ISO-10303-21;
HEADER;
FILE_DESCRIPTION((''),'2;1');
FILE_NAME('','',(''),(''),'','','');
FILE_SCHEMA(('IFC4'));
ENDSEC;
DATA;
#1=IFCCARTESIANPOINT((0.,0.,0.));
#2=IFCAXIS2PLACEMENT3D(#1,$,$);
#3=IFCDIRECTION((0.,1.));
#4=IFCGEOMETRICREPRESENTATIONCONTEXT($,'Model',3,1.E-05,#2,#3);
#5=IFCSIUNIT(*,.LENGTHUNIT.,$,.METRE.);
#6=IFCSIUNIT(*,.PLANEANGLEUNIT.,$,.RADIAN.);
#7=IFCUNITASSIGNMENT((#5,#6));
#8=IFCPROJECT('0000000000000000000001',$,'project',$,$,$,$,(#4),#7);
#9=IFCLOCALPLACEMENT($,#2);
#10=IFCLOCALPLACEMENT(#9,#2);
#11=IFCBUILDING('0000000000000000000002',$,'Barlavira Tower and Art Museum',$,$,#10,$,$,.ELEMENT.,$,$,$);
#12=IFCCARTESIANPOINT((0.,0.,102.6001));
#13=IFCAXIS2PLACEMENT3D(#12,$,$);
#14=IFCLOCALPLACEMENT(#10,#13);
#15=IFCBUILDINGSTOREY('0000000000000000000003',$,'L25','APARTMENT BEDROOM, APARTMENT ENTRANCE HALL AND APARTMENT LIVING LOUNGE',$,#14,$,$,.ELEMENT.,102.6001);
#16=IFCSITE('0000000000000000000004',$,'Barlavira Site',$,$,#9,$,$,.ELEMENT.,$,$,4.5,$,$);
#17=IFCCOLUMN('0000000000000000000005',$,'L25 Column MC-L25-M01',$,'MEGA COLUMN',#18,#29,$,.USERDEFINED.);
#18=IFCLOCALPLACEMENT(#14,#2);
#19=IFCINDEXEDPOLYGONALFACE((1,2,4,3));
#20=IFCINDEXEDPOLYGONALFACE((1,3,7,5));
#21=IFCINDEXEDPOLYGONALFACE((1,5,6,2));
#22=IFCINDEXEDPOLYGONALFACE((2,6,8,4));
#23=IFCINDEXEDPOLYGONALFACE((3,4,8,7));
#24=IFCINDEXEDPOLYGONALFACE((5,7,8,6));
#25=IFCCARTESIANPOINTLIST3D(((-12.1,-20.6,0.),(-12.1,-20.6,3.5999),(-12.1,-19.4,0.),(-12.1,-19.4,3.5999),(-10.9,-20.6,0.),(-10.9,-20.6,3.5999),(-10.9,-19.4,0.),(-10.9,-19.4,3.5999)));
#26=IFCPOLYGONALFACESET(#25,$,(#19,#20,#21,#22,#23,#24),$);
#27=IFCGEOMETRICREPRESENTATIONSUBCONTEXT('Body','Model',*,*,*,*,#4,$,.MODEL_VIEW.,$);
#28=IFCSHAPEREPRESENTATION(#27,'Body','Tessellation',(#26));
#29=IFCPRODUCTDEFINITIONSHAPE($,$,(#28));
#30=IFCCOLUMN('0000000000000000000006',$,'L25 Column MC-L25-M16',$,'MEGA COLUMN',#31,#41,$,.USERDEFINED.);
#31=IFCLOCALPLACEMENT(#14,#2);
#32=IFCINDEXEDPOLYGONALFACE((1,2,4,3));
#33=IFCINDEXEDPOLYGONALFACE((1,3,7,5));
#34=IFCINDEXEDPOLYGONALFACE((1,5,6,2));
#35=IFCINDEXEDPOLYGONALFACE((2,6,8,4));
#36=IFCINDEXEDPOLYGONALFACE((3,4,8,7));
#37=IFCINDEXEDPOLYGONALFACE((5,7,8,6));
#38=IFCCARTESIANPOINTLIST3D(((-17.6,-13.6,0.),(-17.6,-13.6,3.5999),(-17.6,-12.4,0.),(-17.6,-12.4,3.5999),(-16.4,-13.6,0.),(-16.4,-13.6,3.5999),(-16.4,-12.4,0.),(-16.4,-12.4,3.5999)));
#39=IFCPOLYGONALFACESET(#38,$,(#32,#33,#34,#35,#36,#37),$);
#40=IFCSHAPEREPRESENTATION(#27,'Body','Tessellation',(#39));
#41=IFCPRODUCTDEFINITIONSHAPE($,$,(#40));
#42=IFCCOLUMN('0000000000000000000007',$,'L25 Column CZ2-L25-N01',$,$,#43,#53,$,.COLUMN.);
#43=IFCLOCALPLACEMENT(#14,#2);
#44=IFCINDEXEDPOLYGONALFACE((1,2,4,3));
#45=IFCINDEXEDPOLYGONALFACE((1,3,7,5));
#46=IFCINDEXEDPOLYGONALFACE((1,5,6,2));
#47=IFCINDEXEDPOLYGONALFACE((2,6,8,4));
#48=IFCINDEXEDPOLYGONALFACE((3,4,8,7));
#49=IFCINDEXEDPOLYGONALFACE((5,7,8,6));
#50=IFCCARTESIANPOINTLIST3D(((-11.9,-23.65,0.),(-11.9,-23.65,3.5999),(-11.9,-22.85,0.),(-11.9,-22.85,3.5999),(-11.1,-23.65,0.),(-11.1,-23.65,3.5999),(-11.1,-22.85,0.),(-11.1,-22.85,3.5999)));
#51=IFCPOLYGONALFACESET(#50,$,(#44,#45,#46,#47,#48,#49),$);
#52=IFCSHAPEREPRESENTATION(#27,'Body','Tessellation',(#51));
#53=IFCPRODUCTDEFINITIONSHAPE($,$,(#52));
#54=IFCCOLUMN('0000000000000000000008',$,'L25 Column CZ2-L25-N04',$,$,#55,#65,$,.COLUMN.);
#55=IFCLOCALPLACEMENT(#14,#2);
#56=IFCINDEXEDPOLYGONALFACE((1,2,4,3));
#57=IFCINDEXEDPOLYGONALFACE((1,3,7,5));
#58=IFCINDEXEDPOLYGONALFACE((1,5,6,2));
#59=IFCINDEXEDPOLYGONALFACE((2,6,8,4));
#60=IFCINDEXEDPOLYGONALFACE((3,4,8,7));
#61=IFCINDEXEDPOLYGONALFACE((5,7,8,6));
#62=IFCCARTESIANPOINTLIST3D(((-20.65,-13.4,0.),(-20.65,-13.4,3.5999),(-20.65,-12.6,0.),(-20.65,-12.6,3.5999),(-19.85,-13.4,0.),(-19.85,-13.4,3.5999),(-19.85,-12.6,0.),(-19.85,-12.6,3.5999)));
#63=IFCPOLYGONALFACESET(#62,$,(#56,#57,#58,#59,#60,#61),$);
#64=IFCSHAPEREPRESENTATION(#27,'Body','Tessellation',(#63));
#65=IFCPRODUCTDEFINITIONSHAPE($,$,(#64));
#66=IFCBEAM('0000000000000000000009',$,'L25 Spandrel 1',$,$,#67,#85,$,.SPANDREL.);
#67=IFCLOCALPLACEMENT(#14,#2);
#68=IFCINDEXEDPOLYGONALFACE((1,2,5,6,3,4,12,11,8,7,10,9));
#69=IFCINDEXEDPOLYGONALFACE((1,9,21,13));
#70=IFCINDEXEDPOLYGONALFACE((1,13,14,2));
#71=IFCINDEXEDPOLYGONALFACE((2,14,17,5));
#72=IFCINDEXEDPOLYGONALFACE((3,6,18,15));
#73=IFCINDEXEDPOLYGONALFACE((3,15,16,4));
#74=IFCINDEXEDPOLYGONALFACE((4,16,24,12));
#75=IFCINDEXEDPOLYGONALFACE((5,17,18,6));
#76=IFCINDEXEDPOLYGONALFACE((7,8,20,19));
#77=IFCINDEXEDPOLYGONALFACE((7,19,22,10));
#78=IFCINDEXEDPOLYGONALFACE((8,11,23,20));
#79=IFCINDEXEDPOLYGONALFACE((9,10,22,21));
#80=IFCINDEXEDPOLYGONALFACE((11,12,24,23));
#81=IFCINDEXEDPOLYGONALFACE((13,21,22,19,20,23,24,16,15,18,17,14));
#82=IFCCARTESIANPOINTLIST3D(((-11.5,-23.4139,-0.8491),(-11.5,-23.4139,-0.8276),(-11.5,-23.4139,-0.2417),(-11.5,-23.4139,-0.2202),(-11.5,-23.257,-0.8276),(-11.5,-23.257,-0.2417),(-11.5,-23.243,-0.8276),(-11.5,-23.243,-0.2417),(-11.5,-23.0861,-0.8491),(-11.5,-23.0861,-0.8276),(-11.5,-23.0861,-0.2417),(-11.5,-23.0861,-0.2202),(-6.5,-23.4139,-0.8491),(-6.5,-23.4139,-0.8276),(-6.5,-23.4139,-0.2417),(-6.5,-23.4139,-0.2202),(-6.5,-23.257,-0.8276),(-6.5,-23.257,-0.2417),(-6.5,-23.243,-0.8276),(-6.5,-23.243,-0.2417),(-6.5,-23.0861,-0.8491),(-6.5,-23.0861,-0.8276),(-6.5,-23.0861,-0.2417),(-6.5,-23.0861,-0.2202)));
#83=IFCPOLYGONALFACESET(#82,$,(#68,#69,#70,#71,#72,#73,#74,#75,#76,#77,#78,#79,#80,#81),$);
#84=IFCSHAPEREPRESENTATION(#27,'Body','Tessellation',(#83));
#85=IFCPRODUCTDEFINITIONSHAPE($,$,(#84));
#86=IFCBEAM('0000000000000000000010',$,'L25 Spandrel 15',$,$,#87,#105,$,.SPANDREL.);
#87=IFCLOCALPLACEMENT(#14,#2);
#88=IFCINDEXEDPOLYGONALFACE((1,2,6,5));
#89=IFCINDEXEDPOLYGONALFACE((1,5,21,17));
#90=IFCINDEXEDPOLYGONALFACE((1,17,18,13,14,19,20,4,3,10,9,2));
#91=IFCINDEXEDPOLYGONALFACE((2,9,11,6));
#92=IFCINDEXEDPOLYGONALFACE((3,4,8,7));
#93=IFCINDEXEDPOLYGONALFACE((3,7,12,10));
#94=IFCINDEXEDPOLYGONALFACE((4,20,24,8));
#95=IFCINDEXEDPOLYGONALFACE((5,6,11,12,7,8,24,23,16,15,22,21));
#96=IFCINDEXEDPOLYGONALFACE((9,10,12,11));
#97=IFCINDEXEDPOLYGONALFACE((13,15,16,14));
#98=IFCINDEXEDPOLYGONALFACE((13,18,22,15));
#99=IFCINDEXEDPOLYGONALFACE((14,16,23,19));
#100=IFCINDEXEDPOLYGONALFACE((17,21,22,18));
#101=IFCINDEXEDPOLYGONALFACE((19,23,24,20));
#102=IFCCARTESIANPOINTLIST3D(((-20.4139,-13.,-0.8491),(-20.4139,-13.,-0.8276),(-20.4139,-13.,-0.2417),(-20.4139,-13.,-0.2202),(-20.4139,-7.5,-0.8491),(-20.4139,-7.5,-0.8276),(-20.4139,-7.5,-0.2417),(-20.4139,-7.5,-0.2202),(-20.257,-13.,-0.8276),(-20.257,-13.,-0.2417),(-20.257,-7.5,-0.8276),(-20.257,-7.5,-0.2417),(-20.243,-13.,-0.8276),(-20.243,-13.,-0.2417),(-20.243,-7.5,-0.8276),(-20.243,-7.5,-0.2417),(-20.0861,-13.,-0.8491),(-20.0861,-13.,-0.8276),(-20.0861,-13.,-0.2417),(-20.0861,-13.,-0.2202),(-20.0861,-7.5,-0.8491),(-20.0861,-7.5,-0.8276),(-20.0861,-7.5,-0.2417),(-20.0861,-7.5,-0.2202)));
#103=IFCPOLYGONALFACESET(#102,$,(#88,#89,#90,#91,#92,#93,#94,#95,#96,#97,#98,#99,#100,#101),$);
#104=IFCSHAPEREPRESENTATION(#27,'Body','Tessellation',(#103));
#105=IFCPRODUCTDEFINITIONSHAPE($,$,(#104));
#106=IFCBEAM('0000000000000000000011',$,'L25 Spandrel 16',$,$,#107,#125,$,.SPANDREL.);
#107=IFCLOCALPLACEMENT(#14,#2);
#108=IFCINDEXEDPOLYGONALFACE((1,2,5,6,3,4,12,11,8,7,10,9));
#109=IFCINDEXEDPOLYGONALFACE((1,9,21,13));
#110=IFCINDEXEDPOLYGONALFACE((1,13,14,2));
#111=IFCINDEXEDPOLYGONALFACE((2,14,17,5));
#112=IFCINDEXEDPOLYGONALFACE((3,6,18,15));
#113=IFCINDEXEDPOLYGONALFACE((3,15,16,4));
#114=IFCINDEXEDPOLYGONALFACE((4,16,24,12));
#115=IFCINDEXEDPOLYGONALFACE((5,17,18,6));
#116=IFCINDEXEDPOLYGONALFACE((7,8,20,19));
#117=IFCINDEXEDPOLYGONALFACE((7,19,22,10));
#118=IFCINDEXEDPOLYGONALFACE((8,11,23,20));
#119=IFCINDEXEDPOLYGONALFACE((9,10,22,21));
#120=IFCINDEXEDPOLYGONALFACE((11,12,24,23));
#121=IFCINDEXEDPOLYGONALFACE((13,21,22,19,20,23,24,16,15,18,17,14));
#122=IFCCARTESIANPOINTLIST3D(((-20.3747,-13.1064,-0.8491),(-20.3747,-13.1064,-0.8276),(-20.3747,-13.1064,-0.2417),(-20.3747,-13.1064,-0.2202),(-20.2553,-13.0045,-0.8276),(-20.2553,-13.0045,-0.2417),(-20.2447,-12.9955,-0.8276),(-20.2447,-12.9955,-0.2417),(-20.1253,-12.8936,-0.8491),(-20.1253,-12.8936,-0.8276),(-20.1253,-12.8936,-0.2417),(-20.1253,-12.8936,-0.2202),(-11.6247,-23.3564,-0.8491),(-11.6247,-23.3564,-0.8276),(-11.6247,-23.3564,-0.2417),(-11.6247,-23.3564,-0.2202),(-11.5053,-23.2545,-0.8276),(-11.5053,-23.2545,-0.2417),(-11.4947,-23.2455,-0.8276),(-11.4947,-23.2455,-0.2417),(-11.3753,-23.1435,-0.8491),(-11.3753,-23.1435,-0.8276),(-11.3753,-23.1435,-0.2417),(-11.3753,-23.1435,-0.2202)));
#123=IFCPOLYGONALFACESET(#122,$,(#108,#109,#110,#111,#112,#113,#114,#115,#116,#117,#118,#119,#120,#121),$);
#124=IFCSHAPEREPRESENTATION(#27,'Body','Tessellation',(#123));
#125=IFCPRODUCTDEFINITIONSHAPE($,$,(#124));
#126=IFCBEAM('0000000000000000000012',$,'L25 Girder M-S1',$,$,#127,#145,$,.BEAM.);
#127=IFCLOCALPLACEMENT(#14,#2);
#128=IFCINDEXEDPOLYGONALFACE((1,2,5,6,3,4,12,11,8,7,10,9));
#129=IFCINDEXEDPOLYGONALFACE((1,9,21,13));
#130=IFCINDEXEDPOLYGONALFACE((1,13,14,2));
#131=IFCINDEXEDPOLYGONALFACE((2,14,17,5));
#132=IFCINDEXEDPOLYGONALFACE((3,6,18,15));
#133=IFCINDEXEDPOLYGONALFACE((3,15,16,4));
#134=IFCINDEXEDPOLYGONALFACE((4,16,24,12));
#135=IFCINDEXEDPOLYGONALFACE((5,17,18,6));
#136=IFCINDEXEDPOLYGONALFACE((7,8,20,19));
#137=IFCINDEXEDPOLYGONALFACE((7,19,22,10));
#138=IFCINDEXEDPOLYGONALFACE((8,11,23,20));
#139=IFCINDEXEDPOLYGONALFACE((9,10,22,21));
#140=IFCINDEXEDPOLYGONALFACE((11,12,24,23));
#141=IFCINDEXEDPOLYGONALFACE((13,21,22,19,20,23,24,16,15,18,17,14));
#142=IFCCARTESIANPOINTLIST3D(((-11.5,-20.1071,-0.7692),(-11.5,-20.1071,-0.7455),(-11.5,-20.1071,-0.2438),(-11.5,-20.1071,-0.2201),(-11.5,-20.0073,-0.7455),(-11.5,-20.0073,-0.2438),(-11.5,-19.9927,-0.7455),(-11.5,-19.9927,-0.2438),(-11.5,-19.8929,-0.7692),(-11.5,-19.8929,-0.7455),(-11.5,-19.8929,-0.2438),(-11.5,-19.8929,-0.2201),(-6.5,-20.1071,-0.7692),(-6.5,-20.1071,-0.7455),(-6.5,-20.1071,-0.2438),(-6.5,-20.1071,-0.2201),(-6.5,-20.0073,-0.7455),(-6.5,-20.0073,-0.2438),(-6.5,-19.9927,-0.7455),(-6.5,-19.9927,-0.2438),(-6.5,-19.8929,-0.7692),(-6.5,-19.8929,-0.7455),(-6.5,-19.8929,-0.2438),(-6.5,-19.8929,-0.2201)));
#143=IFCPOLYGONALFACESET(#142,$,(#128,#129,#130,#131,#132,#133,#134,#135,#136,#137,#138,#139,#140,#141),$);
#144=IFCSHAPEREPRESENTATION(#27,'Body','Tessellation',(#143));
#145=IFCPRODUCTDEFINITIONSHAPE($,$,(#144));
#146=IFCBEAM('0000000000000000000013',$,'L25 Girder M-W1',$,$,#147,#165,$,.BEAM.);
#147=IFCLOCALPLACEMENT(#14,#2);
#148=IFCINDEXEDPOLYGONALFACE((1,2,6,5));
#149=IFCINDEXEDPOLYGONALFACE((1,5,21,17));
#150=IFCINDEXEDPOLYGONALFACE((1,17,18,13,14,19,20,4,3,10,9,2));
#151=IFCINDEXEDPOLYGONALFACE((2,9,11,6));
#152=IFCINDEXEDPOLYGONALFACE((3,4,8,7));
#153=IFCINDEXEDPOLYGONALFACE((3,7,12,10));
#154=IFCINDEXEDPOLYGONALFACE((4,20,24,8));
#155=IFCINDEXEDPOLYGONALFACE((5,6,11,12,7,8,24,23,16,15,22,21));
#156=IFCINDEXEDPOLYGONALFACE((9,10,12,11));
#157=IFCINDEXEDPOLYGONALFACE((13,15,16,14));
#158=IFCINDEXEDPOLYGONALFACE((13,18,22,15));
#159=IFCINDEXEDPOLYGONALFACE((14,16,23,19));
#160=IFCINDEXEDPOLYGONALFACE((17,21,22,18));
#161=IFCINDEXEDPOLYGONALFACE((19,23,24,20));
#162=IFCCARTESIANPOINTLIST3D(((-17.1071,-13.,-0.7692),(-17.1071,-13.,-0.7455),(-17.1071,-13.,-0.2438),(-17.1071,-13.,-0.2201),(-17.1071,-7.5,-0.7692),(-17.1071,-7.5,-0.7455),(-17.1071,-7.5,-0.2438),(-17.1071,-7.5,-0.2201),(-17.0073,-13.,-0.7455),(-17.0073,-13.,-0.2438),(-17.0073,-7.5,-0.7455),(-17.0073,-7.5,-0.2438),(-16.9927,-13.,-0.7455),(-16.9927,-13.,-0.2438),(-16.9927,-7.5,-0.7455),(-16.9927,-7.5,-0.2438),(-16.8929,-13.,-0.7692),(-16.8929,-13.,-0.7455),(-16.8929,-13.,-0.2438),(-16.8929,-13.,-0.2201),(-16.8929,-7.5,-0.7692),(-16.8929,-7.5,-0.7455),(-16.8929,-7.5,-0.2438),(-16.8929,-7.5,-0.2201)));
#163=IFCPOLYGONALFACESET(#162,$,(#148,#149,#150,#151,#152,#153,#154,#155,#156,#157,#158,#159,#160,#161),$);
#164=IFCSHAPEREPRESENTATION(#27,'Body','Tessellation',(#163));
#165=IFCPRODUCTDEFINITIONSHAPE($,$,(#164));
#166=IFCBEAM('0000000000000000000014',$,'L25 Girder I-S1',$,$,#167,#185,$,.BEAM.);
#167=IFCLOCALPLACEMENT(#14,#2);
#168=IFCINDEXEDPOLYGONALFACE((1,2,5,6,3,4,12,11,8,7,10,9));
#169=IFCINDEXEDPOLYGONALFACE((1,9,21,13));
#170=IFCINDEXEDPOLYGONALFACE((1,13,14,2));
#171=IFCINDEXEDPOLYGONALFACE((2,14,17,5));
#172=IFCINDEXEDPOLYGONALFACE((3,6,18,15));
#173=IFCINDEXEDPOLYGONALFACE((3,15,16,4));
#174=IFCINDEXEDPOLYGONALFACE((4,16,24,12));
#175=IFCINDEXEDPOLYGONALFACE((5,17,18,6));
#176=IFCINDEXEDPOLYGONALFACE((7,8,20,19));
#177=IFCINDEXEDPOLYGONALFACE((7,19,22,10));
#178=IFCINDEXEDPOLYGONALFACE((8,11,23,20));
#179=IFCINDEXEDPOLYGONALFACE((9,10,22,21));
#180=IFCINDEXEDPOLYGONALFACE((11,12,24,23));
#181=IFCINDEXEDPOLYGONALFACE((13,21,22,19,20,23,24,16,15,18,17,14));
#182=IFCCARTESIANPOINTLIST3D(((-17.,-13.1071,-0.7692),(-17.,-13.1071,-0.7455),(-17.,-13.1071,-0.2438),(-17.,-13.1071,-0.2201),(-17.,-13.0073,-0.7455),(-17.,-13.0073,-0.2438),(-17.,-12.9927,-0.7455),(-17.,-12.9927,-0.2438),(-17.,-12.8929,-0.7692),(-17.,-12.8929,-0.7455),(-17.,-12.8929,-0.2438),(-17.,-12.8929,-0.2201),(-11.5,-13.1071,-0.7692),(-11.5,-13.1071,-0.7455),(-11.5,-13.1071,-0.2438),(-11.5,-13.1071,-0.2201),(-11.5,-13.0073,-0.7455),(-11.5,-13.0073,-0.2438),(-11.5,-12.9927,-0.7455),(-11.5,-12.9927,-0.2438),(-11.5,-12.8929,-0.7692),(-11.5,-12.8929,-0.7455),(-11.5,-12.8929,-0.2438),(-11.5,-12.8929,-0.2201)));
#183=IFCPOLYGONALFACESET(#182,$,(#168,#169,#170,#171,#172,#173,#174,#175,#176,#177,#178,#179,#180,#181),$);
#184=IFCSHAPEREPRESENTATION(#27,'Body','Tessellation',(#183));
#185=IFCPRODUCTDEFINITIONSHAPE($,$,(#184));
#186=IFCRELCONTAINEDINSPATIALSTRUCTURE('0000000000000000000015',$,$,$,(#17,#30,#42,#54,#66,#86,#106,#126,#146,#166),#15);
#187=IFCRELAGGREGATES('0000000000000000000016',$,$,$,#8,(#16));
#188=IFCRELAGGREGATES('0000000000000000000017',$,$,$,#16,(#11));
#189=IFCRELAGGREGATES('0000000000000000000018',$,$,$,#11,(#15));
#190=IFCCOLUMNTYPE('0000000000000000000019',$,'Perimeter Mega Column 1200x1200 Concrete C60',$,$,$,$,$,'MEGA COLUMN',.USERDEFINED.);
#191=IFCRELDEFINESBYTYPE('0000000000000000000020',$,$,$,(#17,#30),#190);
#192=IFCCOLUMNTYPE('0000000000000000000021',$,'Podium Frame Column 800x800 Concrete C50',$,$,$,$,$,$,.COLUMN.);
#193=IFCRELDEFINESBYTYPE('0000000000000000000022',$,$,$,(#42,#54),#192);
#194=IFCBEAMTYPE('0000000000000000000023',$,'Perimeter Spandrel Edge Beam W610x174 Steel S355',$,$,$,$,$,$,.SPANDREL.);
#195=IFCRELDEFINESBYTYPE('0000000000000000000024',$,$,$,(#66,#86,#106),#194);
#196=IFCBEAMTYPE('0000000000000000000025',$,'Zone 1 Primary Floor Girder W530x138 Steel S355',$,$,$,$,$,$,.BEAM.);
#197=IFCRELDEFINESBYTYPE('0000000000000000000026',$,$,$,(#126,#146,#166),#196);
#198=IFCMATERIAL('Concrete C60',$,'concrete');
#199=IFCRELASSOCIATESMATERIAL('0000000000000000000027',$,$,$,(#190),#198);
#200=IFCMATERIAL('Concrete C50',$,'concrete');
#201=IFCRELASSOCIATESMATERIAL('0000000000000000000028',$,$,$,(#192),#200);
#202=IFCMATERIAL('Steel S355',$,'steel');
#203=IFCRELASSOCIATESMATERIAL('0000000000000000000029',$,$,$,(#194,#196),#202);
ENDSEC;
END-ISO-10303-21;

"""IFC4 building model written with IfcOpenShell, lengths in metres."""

from ifc_helpers import new_model, si_unit, direction, frame, origin, origin_2d, place, context, subcontext, project, spatial, rectangle, i_section, extrude, material, material_profile, profile_set, type_object, element, save


model = new_model("IFC4")

# Units and contexts
model_context = context("Model", 3, precision=1e-05, world=origin(), true_north=direction((0.0, 1.0)))
body_context = subcontext(model_context, "Body", "Model", "MODEL_VIEW")
ifc_project = project(units=[si_unit("LENGTHUNIT", "METRE"), si_unit("PLANEANGLEUNIT", "RADIAN")], contexts=[model_context])

# Site, building, storey
site_placement = place(None, origin())
site = spatial("IfcSite", under=ifc_project, at=site_placement, Name="Barlavira Site", CompositionType="ELEMENT", RefElevation=4.5)
building_placement = place(site_placement, origin())
building = spatial("IfcBuilding", under=site, at=building_placement, Name="Barlavira Tower and Art Museum", CompositionType="ELEMENT")
storey_placement = place(building_placement, frame((0.0, 0.0, 102.6001)))
storey = spatial("IfcBuildingStorey", under=building, at=storey_placement, Name="L25", Description="APARTMENT BEDROOM, APARTMENT ENTRANCE HALL AND APARTMENT LIVING LOUNGE", CompositionType="ELEMENT", Elevation=102.6001)

# Columns
ifc_material_1 = material(Name="Concrete C60", Category="concrete")
ifc_material_profile_1 = material_profile(ifc_material_1, rectangle(XDim=1.2, YDim=1.2, at=origin_2d()), Name="RC-COL 1200x1200")
ifc_profile_set_1 = profile_set([ifc_material_profile_1], Name="Concrete C60")
column_type_1 = type_object("IfcColumnType", Name="Perimeter Mega Column 1200x1200 Concrete C60", ElementType="MEGA COLUMN", PredefinedType="USERDEFINED", material=ifc_profile_set_1)
for number, where, z_axis, x_axis, name in (
    (1, (-11.5, -20.0, 0.0), (0.0, 0.0, 1.0), (1.0, 0.0, 0.0), "L25 Column MC-L25-M01"),
    (2, (-17.0, -13.0, 0.0), (0.0, 0.0, 1.0), (1.0, 0.0, 0.0), "L25 Column MC-L25-M16"),
):
    element("IfcColumn", number, at=place(storey_placement, frame(where, z_axis=z_axis, x_axis=x_axis)), inside=storey, type_object=column_type_1, Name=name, ObjectType="MEGA COLUMN", PredefinedType="USERDEFINED", context=body_context, shape_type="SweptSolid", body=[
        extrude(rectangle(XDim=1.2, YDim=1.2, at=origin_2d()), origin(), (0.0, 0.0, 1.0), 3.5999),
    ])
ifc_material_2 = material(Name="Concrete C50", Category="concrete")
ifc_material_profile_2 = material_profile(ifc_material_2, rectangle(XDim=0.8, YDim=0.8, at=origin_2d()), Name="RC-COL 800x800")
ifc_profile_set_2 = profile_set([ifc_material_profile_2], Name="Concrete C50")
column_type_2 = type_object("IfcColumnType", Name="Podium Frame Column 800x800 Concrete C50", PredefinedType="COLUMN", material=ifc_profile_set_2)
for number, where, z_axis, x_axis, name in (
    (3, (-11.5, -23.25, 0.0), (0.0, 0.0, 1.0), (1.0, 0.0, 0.0), "L25 Column CZ2-L25-N01"),
    (4, (-20.25, -13.0, 0.0), (0.0, 0.0, 1.0), (1.0, 0.0, 0.0), "L25 Column CZ2-L25-N04"),
):
    element("IfcColumn", number, at=place(storey_placement, frame(where, z_axis=z_axis, x_axis=x_axis)), inside=storey, type_object=column_type_2, Name=name, PredefinedType="COLUMN", context=body_context, shape_type="SweptSolid", body=[
        extrude(rectangle(XDim=0.8, YDim=0.8, at=origin_2d()), origin(), (0.0, 0.0, 1.0), 3.5999),
    ])

# Beams
ifc_material_3 = material(Name="Steel S355", Category="steel")
ifc_material_profile_3 = material_profile(ifc_material_3, i_section(OverallWidth=0.3279, OverallDepth=0.6289, WebThickness=0.0139, FlangeThickness=0.0215, at=origin_2d()), Name="W610x174.0")
ifc_profile_set_3 = profile_set([ifc_material_profile_3], Name="Steel S355")
beam_type_1 = type_object("IfcBeamType", Name="Perimeter Spandrel Edge Beam W610x174 Steel S355", PredefinedType="SPANDREL", material=ifc_profile_set_3)
beam_1_placement = place(storey_placement, frame((-11.5, -23.25, -0.5347), z_axis=(1.0, 0.0, 0.0), x_axis=(0.0, 1.0, 0.0)))
element("IfcBeam", 5, at=beam_1_placement, inside=storey, type_object=beam_type_1, Name="L25 Spandrel 1", PredefinedType="SPANDREL", context=body_context, shape_type="SweptSolid", body=[
    extrude(i_section(OverallWidth=0.3279, OverallDepth=0.6289, WebThickness=0.0139, FlangeThickness=0.0215, at=origin_2d()), origin(), (0.0, 0.0, 1.0), 5.0),
])
beam_2_placement = place(storey_placement, frame((-20.25, -13.0, -0.5347), z_axis=(0.0, 1.0, 0.0), x_axis=(-1.0, 0.0, 0.0)))
element("IfcBeam", 6, at=beam_2_placement, inside=storey, type_object=beam_type_1, Name="L25 Spandrel 15", PredefinedType="SPANDREL", context=body_context, shape_type="SweptSolid", body=[
    extrude(i_section(OverallWidth=0.3279, OverallDepth=0.6289, WebThickness=0.0139, FlangeThickness=0.0215, at=origin_2d()), origin(), (0.0, 0.0, 1.0), 5.5),
])
beam_3_placement = place(storey_placement, frame((-20.25, -13.0, -0.5347), z_axis=(0.649262, -0.760565, 0.0), x_axis=(0.760565, 0.649262, 0.0)))
element("IfcBeam", 7, at=beam_3_placement, inside=storey, type_object=beam_type_1, Name="L25 Spandrel 16", PredefinedType="SPANDREL", context=body_context, shape_type="SweptSolid", body=[
    extrude(i_section(OverallWidth=0.3279, OverallDepth=0.6289, WebThickness=0.0139, FlangeThickness=0.0215, at=origin_2d()), origin(), (0.0, 0.0, 1.0), 13.4768),
])
ifc_material_profile_4 = material_profile(ifc_material_3, i_section(OverallWidth=0.2141, OverallDepth=0.5491, WebThickness=0.0146, FlangeThickness=0.0237, at=origin_2d()), Name="W530x138.0")
ifc_profile_set_4 = profile_set([ifc_material_profile_4], Name="Steel S355")
beam_type_2 = type_object("IfcBeamType", Name="Zone 1 Primary Floor Girder W530x138 Steel S355", PredefinedType="BEAM", material=ifc_profile_set_4)
beam_4_placement = place(storey_placement, frame((-11.5, -20.0, -0.4946), z_axis=(1.0, 0.0, 0.0), x_axis=(0.0, 1.0, 0.0)))
element("IfcBeam", 8, at=beam_4_placement, inside=storey, type_object=beam_type_2, Name="L25 Girder M-S1", PredefinedType="BEAM", context=body_context, shape_type="SweptSolid", body=[
    extrude(i_section(OverallWidth=0.2141, OverallDepth=0.5491, WebThickness=0.0146, FlangeThickness=0.0237, at=origin_2d()), origin(), (0.0, 0.0, 1.0), 5.0),
])
for number, where, z_axis, x_axis, name in (
    (9, (-17.0, -13.0, -0.4946), (0.0, 1.0, 0.0), (-1.0, 0.0, 0.0), "L25 Girder M-W1"),
    (10, (-17.0, -13.0, -0.4946), (1.0, 0.0, 0.0), (0.0, 1.0, 0.0), "L25 Girder I-S1"),
):
    element("IfcBeam", number, at=place(storey_placement, frame(where, z_axis=z_axis, x_axis=x_axis)), inside=storey, type_object=beam_type_2, Name=name, PredefinedType="BEAM", context=body_context, shape_type="SweptSolid", body=[
        extrude(i_section(OverallWidth=0.2141, OverallDepth=0.5491, WebThickness=0.0146, FlangeThickness=0.0237, at=origin_2d()), origin(), (0.0, 0.0, 1.0), 5.5),
    ])

save(model, "model.ifc")
